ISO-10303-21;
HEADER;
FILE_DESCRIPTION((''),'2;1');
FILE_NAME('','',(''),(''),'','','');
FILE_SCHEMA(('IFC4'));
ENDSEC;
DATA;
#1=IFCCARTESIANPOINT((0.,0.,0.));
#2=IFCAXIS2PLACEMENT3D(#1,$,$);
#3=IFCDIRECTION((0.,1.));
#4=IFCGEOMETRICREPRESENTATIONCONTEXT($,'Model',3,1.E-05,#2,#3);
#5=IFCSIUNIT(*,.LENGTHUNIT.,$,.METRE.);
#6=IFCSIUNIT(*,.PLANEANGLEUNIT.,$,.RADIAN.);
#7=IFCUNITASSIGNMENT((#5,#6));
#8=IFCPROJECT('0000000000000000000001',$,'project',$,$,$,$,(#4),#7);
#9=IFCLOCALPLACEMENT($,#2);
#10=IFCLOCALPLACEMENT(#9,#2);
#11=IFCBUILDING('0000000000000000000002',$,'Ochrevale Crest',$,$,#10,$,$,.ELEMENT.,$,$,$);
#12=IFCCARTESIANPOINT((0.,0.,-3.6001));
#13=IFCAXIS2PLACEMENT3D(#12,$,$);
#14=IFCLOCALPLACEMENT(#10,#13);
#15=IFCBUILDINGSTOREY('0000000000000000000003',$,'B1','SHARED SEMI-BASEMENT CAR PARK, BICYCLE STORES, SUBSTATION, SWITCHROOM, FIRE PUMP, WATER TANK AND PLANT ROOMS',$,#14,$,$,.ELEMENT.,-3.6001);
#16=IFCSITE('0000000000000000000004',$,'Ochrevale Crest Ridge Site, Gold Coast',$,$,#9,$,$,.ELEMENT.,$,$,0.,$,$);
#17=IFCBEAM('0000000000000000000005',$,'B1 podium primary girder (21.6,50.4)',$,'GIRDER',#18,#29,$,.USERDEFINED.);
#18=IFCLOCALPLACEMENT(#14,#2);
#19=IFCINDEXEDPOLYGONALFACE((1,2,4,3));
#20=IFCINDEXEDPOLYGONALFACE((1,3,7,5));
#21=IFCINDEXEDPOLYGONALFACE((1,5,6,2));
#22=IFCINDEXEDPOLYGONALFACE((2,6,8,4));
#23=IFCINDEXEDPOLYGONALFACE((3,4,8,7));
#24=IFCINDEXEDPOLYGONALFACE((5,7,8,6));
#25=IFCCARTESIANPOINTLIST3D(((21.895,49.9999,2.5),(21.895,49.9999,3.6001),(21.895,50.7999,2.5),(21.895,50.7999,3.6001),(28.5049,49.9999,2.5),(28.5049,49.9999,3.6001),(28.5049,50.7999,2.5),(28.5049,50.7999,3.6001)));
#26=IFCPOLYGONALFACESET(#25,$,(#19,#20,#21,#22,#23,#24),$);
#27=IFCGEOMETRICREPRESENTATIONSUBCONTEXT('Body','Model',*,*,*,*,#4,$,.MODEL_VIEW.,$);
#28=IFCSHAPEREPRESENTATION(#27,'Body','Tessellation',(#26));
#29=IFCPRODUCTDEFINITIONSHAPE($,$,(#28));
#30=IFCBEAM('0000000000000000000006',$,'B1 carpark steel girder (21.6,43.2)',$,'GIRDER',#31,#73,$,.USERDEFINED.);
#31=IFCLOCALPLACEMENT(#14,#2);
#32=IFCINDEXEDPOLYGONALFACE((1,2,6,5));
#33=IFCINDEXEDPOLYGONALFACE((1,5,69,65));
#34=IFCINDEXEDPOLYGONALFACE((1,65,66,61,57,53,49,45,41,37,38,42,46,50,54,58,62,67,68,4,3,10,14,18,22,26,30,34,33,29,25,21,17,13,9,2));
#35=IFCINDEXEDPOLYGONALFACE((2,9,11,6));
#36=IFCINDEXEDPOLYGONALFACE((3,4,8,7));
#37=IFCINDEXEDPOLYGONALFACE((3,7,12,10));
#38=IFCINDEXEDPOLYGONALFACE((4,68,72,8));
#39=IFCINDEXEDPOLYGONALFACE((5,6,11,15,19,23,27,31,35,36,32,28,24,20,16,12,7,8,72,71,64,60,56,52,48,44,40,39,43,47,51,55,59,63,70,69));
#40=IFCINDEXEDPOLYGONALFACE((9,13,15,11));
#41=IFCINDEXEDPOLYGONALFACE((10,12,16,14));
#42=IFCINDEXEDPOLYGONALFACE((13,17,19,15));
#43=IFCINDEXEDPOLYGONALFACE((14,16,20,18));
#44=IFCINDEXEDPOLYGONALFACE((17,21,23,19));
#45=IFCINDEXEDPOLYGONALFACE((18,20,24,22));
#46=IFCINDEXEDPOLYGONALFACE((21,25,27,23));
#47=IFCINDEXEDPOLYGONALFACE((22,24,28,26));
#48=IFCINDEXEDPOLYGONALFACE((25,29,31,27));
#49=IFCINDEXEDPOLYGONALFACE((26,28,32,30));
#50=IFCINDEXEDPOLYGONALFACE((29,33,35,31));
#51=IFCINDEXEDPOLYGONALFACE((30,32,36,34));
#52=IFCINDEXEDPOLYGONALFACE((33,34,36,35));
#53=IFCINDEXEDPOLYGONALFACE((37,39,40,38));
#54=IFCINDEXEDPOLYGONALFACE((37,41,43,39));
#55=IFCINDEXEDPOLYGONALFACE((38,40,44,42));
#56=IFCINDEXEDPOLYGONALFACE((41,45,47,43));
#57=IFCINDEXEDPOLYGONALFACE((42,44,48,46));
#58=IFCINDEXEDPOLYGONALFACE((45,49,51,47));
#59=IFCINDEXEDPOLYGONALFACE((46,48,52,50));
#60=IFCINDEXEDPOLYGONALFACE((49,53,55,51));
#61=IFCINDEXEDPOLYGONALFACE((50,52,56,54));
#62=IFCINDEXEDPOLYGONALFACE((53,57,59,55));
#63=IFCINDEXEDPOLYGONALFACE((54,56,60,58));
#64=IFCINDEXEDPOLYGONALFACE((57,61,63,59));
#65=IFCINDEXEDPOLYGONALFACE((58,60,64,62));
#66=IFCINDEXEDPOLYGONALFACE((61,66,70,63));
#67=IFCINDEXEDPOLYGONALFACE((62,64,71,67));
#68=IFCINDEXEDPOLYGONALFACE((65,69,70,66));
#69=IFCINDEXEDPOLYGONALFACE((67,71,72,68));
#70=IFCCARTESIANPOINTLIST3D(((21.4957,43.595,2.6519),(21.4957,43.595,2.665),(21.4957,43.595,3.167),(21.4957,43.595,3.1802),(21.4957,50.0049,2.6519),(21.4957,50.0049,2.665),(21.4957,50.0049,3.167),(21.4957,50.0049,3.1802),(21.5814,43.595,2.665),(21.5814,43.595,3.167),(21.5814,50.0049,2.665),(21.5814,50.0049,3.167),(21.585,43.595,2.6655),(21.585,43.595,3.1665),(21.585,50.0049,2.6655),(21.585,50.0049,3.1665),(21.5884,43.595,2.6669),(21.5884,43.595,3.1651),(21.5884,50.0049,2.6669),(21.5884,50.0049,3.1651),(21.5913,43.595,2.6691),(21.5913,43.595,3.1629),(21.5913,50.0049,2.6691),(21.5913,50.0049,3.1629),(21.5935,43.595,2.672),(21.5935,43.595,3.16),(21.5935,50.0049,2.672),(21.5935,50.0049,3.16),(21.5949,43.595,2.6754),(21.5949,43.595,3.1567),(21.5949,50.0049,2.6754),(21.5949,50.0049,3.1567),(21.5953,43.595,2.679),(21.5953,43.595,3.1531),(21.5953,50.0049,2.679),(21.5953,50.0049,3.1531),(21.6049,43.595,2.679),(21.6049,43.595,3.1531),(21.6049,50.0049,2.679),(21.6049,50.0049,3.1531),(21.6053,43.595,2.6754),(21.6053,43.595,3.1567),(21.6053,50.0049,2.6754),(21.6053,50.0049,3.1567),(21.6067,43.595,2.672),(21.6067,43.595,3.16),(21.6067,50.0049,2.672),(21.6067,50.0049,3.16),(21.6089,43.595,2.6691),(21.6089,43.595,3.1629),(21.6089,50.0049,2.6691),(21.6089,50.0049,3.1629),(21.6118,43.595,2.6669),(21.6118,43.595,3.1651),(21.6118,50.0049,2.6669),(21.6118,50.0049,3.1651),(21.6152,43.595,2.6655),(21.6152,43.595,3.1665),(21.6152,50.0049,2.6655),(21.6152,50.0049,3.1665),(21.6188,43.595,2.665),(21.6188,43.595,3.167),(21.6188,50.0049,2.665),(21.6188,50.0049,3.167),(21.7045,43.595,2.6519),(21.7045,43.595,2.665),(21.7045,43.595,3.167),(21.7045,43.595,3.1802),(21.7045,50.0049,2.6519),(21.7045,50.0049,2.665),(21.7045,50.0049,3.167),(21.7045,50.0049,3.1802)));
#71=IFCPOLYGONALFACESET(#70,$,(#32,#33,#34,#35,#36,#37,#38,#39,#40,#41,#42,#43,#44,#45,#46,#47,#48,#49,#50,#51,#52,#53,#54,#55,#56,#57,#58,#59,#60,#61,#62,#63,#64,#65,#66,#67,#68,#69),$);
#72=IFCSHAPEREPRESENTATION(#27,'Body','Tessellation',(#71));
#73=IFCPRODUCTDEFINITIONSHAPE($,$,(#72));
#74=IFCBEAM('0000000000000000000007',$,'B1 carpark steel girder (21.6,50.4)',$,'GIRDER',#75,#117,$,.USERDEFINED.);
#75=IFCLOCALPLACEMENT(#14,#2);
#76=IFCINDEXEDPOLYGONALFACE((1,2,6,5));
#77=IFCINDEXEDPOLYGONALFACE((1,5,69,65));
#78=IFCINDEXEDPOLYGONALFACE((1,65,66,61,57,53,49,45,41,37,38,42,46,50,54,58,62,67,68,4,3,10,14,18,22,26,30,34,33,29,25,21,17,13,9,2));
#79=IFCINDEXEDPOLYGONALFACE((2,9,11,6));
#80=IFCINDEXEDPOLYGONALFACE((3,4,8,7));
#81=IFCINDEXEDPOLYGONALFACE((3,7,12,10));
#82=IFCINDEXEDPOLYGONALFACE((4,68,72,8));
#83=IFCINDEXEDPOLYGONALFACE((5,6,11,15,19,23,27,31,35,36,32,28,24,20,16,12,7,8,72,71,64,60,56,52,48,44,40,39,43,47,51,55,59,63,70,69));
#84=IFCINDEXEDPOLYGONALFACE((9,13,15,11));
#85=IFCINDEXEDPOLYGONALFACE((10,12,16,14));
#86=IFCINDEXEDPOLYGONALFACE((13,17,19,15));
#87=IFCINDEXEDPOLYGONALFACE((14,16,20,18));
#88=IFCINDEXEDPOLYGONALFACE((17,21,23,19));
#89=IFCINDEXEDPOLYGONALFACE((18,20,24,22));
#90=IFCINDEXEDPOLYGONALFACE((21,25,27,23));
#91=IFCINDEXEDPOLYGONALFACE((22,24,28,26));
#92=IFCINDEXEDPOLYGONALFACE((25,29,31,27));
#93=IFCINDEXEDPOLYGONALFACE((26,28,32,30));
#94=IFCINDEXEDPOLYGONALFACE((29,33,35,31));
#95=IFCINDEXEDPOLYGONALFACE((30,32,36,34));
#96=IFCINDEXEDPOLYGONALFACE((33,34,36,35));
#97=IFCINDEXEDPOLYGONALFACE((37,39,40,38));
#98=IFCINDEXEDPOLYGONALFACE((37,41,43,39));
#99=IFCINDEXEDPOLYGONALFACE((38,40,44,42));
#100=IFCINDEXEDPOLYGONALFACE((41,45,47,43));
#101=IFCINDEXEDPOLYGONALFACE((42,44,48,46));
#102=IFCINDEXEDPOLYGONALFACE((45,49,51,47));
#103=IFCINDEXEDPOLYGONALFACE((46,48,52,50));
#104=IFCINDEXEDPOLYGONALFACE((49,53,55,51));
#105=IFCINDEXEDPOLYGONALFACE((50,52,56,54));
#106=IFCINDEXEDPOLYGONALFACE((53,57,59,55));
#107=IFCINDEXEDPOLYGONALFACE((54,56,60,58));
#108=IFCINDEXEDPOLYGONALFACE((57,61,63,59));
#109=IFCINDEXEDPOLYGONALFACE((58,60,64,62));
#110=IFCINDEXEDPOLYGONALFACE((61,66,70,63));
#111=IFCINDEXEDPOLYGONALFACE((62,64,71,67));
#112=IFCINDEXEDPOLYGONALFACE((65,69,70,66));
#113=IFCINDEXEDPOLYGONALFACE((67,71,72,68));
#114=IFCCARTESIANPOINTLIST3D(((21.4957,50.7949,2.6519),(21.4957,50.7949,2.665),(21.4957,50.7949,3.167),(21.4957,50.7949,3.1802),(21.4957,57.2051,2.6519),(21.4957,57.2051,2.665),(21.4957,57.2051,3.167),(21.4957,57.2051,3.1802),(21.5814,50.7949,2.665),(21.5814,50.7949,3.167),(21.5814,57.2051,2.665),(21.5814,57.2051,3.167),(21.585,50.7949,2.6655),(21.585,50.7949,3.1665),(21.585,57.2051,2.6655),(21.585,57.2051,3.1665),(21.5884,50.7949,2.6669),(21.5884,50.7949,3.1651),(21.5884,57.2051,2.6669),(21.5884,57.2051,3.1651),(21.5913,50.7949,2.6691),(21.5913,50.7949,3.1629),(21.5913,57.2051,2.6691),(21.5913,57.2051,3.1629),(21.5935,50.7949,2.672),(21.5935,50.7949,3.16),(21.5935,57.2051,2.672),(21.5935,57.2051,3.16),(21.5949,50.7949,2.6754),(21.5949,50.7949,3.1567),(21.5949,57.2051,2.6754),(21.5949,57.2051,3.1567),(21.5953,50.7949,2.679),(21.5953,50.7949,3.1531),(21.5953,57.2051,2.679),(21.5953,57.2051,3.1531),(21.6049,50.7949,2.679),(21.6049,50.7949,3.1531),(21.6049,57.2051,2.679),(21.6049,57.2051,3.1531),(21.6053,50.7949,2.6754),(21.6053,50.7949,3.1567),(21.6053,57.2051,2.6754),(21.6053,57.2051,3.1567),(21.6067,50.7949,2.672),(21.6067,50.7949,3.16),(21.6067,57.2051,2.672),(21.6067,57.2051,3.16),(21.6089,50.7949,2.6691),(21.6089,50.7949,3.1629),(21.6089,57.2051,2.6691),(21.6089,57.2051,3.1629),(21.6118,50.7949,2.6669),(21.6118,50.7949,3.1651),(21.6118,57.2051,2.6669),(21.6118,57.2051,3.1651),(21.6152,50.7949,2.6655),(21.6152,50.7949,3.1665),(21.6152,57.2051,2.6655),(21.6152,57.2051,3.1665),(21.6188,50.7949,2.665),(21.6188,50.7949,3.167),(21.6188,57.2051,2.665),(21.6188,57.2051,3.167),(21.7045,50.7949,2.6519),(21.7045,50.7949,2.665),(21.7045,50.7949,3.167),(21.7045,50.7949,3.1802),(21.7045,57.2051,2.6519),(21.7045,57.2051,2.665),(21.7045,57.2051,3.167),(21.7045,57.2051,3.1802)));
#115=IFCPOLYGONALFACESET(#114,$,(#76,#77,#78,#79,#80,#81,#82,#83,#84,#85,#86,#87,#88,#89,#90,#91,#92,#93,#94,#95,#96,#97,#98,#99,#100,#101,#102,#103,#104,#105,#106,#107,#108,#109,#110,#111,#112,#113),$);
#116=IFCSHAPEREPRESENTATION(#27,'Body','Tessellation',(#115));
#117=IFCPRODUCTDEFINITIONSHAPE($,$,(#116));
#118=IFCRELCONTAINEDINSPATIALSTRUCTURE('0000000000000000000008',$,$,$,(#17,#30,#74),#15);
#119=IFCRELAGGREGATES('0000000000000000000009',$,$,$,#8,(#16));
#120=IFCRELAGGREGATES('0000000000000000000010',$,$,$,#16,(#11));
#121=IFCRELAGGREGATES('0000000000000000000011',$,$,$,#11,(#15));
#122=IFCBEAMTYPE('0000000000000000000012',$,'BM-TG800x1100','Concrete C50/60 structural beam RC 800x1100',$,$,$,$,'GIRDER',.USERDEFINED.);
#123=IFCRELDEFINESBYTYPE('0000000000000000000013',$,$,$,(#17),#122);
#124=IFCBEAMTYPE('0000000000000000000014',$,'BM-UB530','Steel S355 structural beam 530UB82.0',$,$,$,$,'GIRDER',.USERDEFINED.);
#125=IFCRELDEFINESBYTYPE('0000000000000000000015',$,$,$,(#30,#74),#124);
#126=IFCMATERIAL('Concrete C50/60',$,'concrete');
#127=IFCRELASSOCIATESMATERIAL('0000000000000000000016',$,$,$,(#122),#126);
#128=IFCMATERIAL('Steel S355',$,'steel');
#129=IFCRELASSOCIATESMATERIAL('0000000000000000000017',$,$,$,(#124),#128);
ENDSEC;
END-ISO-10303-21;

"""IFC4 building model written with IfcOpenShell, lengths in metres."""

from ifc_helpers import new_model, si_unit, direction, frame, origin, origin_2d, place, context, subcontext, project, spatial, rectangle, i_section, extrude, material, material_profile, profile_set, type_object, element, save


model = new_model("IFC4")

# Units and contexts
model_context = context("Model", 3, precision=1e-05, world=origin(), true_north=direction((0.0, 1.0)))
body_context = subcontext(model_context, "Body", "Model", "MODEL_VIEW")
ifc_project = project(units=[si_unit("LENGTHUNIT", "METRE"), si_unit("PLANEANGLEUNIT", "RADIAN")], contexts=[model_context])

# Site, building, storey
site_placement = place(None, origin())
site = spatial("IfcSite", under=ifc_project, at=site_placement, Name="Ochrevale Crest Ridge Site, Gold Coast", CompositionType="ELEMENT", RefElevation=0.0)
building_placement = place(site_placement, origin())
building = spatial("IfcBuilding", under=site, at=building_placement, Name="Ochrevale Crest", CompositionType="ELEMENT")
storey_placement = place(building_placement, frame((0.0, 0.0, -3.6001)))
storey = spatial("IfcBuildingStorey", under=building, at=storey_placement, Name="B1", Description="SHARED SEMI-BASEMENT CAR PARK, BICYCLE STORES, SUBSTATION, SWITCHROOM, FIRE PUMP, WATER TANK AND PLANT ROOMS", CompositionType="ELEMENT", Elevation=-3.6001)

# Shared definitions
ifc_material_1 = material(Name="Concrete C50/60", Category="concrete")

# Beams
ifc_material_profile_1 = material_profile(ifc_material_1, rectangle(XDim=0.8, YDim=1.1001, at=origin_2d()), Name="RC 800x1100")
ifc_profile_set_1 = profile_set([ifc_material_profile_1], Name="Concrete C50/60")
beam_type_1 = type_object("IfcBeamType", Name="BM-TG800x1100", Description="Concrete C50/60 structural beam RC 800x1100", ElementType="GIRDER", PredefinedType="USERDEFINED", material=ifc_profile_set_1)
for number, where, z_axis, x_axis, name in (
    (1, (21.895, 50.3999, 3.05), (1.0, 0.0, 0.0), (0.0, 1.0, 0.0), "B1 podium primary girder (21.6,50.4)"),
):
    element("IfcBeam", number, at=place(storey_placement, frame(where, z_axis=z_axis, x_axis=x_axis)), inside=storey, type_object=beam_type_1, Name=name, ObjectType="GIRDER", PredefinedType="USERDEFINED", context=body_context, shape_type="SweptSolid", body=[
        extrude(rectangle(XDim=0.8, YDim=1.1001, at=origin_2d()), origin(), (0.0, 0.0, 1.0), 6.6099),
    ])
ifc_material_2 = material(Name="Steel S355", Category="steel")
ifc_material_profile_2 = material_profile(ifc_material_2, i_section(OverallWidth=0.2087, OverallDepth=0.5283, WebThickness=0.0095, FlangeThickness=0.0132, FilletRadius=0.0139, at=origin_2d()), Name="530UB82.0")
ifc_profile_set_2 = profile_set([ifc_material_profile_2], Name="Steel S355")
beam_type_2 = type_object("IfcBeamType", Name="BM-UB530", Description="Steel S355 structural beam 530UB82.0", ElementType="GIRDER", PredefinedType="USERDEFINED", material=ifc_profile_set_2)
beam_1_placement = place(storey_placement, frame((21.6001, 43.595, 2.916), z_axis=(0.0, 1.0, 0.0), x_axis=(-1.0, 0.0, 0.0)))
element("IfcBeam", 2, at=beam_1_placement, inside=storey, type_object=beam_type_2, Name="B1 carpark steel girder (21.6,43.2)", ObjectType="GIRDER", PredefinedType="USERDEFINED", context=body_context, shape_type="SweptSolid", body=[
    extrude(i_section(OverallWidth=0.2087, OverallDepth=0.5283, WebThickness=0.0095, FlangeThickness=0.0132, FilletRadius=0.0139, at=origin_2d()), origin(), (0.0, 0.0, 1.0), 6.4099),
])
beam_2_placement = place(storey_placement, frame((21.6001, 50.7949, 2.916), z_axis=(0.0, 1.0, 0.0), x_axis=(-1.0, 0.0, 0.0)))
element("IfcBeam", 3, at=beam_2_placement, inside=storey, type_object=beam_type_2, Name="B1 carpark steel girder (21.6,50.4)", ObjectType="GIRDER", PredefinedType="USERDEFINED", context=body_context, shape_type="SweptSolid", body=[
    extrude(i_section(OverallWidth=0.2087, OverallDepth=0.5283, WebThickness=0.0095, FlangeThickness=0.0132, FilletRadius=0.0139, at=origin_2d()), origin(), (0.0, 0.0, 1.0), 6.4102),
])

save(model, "model.ifc")
